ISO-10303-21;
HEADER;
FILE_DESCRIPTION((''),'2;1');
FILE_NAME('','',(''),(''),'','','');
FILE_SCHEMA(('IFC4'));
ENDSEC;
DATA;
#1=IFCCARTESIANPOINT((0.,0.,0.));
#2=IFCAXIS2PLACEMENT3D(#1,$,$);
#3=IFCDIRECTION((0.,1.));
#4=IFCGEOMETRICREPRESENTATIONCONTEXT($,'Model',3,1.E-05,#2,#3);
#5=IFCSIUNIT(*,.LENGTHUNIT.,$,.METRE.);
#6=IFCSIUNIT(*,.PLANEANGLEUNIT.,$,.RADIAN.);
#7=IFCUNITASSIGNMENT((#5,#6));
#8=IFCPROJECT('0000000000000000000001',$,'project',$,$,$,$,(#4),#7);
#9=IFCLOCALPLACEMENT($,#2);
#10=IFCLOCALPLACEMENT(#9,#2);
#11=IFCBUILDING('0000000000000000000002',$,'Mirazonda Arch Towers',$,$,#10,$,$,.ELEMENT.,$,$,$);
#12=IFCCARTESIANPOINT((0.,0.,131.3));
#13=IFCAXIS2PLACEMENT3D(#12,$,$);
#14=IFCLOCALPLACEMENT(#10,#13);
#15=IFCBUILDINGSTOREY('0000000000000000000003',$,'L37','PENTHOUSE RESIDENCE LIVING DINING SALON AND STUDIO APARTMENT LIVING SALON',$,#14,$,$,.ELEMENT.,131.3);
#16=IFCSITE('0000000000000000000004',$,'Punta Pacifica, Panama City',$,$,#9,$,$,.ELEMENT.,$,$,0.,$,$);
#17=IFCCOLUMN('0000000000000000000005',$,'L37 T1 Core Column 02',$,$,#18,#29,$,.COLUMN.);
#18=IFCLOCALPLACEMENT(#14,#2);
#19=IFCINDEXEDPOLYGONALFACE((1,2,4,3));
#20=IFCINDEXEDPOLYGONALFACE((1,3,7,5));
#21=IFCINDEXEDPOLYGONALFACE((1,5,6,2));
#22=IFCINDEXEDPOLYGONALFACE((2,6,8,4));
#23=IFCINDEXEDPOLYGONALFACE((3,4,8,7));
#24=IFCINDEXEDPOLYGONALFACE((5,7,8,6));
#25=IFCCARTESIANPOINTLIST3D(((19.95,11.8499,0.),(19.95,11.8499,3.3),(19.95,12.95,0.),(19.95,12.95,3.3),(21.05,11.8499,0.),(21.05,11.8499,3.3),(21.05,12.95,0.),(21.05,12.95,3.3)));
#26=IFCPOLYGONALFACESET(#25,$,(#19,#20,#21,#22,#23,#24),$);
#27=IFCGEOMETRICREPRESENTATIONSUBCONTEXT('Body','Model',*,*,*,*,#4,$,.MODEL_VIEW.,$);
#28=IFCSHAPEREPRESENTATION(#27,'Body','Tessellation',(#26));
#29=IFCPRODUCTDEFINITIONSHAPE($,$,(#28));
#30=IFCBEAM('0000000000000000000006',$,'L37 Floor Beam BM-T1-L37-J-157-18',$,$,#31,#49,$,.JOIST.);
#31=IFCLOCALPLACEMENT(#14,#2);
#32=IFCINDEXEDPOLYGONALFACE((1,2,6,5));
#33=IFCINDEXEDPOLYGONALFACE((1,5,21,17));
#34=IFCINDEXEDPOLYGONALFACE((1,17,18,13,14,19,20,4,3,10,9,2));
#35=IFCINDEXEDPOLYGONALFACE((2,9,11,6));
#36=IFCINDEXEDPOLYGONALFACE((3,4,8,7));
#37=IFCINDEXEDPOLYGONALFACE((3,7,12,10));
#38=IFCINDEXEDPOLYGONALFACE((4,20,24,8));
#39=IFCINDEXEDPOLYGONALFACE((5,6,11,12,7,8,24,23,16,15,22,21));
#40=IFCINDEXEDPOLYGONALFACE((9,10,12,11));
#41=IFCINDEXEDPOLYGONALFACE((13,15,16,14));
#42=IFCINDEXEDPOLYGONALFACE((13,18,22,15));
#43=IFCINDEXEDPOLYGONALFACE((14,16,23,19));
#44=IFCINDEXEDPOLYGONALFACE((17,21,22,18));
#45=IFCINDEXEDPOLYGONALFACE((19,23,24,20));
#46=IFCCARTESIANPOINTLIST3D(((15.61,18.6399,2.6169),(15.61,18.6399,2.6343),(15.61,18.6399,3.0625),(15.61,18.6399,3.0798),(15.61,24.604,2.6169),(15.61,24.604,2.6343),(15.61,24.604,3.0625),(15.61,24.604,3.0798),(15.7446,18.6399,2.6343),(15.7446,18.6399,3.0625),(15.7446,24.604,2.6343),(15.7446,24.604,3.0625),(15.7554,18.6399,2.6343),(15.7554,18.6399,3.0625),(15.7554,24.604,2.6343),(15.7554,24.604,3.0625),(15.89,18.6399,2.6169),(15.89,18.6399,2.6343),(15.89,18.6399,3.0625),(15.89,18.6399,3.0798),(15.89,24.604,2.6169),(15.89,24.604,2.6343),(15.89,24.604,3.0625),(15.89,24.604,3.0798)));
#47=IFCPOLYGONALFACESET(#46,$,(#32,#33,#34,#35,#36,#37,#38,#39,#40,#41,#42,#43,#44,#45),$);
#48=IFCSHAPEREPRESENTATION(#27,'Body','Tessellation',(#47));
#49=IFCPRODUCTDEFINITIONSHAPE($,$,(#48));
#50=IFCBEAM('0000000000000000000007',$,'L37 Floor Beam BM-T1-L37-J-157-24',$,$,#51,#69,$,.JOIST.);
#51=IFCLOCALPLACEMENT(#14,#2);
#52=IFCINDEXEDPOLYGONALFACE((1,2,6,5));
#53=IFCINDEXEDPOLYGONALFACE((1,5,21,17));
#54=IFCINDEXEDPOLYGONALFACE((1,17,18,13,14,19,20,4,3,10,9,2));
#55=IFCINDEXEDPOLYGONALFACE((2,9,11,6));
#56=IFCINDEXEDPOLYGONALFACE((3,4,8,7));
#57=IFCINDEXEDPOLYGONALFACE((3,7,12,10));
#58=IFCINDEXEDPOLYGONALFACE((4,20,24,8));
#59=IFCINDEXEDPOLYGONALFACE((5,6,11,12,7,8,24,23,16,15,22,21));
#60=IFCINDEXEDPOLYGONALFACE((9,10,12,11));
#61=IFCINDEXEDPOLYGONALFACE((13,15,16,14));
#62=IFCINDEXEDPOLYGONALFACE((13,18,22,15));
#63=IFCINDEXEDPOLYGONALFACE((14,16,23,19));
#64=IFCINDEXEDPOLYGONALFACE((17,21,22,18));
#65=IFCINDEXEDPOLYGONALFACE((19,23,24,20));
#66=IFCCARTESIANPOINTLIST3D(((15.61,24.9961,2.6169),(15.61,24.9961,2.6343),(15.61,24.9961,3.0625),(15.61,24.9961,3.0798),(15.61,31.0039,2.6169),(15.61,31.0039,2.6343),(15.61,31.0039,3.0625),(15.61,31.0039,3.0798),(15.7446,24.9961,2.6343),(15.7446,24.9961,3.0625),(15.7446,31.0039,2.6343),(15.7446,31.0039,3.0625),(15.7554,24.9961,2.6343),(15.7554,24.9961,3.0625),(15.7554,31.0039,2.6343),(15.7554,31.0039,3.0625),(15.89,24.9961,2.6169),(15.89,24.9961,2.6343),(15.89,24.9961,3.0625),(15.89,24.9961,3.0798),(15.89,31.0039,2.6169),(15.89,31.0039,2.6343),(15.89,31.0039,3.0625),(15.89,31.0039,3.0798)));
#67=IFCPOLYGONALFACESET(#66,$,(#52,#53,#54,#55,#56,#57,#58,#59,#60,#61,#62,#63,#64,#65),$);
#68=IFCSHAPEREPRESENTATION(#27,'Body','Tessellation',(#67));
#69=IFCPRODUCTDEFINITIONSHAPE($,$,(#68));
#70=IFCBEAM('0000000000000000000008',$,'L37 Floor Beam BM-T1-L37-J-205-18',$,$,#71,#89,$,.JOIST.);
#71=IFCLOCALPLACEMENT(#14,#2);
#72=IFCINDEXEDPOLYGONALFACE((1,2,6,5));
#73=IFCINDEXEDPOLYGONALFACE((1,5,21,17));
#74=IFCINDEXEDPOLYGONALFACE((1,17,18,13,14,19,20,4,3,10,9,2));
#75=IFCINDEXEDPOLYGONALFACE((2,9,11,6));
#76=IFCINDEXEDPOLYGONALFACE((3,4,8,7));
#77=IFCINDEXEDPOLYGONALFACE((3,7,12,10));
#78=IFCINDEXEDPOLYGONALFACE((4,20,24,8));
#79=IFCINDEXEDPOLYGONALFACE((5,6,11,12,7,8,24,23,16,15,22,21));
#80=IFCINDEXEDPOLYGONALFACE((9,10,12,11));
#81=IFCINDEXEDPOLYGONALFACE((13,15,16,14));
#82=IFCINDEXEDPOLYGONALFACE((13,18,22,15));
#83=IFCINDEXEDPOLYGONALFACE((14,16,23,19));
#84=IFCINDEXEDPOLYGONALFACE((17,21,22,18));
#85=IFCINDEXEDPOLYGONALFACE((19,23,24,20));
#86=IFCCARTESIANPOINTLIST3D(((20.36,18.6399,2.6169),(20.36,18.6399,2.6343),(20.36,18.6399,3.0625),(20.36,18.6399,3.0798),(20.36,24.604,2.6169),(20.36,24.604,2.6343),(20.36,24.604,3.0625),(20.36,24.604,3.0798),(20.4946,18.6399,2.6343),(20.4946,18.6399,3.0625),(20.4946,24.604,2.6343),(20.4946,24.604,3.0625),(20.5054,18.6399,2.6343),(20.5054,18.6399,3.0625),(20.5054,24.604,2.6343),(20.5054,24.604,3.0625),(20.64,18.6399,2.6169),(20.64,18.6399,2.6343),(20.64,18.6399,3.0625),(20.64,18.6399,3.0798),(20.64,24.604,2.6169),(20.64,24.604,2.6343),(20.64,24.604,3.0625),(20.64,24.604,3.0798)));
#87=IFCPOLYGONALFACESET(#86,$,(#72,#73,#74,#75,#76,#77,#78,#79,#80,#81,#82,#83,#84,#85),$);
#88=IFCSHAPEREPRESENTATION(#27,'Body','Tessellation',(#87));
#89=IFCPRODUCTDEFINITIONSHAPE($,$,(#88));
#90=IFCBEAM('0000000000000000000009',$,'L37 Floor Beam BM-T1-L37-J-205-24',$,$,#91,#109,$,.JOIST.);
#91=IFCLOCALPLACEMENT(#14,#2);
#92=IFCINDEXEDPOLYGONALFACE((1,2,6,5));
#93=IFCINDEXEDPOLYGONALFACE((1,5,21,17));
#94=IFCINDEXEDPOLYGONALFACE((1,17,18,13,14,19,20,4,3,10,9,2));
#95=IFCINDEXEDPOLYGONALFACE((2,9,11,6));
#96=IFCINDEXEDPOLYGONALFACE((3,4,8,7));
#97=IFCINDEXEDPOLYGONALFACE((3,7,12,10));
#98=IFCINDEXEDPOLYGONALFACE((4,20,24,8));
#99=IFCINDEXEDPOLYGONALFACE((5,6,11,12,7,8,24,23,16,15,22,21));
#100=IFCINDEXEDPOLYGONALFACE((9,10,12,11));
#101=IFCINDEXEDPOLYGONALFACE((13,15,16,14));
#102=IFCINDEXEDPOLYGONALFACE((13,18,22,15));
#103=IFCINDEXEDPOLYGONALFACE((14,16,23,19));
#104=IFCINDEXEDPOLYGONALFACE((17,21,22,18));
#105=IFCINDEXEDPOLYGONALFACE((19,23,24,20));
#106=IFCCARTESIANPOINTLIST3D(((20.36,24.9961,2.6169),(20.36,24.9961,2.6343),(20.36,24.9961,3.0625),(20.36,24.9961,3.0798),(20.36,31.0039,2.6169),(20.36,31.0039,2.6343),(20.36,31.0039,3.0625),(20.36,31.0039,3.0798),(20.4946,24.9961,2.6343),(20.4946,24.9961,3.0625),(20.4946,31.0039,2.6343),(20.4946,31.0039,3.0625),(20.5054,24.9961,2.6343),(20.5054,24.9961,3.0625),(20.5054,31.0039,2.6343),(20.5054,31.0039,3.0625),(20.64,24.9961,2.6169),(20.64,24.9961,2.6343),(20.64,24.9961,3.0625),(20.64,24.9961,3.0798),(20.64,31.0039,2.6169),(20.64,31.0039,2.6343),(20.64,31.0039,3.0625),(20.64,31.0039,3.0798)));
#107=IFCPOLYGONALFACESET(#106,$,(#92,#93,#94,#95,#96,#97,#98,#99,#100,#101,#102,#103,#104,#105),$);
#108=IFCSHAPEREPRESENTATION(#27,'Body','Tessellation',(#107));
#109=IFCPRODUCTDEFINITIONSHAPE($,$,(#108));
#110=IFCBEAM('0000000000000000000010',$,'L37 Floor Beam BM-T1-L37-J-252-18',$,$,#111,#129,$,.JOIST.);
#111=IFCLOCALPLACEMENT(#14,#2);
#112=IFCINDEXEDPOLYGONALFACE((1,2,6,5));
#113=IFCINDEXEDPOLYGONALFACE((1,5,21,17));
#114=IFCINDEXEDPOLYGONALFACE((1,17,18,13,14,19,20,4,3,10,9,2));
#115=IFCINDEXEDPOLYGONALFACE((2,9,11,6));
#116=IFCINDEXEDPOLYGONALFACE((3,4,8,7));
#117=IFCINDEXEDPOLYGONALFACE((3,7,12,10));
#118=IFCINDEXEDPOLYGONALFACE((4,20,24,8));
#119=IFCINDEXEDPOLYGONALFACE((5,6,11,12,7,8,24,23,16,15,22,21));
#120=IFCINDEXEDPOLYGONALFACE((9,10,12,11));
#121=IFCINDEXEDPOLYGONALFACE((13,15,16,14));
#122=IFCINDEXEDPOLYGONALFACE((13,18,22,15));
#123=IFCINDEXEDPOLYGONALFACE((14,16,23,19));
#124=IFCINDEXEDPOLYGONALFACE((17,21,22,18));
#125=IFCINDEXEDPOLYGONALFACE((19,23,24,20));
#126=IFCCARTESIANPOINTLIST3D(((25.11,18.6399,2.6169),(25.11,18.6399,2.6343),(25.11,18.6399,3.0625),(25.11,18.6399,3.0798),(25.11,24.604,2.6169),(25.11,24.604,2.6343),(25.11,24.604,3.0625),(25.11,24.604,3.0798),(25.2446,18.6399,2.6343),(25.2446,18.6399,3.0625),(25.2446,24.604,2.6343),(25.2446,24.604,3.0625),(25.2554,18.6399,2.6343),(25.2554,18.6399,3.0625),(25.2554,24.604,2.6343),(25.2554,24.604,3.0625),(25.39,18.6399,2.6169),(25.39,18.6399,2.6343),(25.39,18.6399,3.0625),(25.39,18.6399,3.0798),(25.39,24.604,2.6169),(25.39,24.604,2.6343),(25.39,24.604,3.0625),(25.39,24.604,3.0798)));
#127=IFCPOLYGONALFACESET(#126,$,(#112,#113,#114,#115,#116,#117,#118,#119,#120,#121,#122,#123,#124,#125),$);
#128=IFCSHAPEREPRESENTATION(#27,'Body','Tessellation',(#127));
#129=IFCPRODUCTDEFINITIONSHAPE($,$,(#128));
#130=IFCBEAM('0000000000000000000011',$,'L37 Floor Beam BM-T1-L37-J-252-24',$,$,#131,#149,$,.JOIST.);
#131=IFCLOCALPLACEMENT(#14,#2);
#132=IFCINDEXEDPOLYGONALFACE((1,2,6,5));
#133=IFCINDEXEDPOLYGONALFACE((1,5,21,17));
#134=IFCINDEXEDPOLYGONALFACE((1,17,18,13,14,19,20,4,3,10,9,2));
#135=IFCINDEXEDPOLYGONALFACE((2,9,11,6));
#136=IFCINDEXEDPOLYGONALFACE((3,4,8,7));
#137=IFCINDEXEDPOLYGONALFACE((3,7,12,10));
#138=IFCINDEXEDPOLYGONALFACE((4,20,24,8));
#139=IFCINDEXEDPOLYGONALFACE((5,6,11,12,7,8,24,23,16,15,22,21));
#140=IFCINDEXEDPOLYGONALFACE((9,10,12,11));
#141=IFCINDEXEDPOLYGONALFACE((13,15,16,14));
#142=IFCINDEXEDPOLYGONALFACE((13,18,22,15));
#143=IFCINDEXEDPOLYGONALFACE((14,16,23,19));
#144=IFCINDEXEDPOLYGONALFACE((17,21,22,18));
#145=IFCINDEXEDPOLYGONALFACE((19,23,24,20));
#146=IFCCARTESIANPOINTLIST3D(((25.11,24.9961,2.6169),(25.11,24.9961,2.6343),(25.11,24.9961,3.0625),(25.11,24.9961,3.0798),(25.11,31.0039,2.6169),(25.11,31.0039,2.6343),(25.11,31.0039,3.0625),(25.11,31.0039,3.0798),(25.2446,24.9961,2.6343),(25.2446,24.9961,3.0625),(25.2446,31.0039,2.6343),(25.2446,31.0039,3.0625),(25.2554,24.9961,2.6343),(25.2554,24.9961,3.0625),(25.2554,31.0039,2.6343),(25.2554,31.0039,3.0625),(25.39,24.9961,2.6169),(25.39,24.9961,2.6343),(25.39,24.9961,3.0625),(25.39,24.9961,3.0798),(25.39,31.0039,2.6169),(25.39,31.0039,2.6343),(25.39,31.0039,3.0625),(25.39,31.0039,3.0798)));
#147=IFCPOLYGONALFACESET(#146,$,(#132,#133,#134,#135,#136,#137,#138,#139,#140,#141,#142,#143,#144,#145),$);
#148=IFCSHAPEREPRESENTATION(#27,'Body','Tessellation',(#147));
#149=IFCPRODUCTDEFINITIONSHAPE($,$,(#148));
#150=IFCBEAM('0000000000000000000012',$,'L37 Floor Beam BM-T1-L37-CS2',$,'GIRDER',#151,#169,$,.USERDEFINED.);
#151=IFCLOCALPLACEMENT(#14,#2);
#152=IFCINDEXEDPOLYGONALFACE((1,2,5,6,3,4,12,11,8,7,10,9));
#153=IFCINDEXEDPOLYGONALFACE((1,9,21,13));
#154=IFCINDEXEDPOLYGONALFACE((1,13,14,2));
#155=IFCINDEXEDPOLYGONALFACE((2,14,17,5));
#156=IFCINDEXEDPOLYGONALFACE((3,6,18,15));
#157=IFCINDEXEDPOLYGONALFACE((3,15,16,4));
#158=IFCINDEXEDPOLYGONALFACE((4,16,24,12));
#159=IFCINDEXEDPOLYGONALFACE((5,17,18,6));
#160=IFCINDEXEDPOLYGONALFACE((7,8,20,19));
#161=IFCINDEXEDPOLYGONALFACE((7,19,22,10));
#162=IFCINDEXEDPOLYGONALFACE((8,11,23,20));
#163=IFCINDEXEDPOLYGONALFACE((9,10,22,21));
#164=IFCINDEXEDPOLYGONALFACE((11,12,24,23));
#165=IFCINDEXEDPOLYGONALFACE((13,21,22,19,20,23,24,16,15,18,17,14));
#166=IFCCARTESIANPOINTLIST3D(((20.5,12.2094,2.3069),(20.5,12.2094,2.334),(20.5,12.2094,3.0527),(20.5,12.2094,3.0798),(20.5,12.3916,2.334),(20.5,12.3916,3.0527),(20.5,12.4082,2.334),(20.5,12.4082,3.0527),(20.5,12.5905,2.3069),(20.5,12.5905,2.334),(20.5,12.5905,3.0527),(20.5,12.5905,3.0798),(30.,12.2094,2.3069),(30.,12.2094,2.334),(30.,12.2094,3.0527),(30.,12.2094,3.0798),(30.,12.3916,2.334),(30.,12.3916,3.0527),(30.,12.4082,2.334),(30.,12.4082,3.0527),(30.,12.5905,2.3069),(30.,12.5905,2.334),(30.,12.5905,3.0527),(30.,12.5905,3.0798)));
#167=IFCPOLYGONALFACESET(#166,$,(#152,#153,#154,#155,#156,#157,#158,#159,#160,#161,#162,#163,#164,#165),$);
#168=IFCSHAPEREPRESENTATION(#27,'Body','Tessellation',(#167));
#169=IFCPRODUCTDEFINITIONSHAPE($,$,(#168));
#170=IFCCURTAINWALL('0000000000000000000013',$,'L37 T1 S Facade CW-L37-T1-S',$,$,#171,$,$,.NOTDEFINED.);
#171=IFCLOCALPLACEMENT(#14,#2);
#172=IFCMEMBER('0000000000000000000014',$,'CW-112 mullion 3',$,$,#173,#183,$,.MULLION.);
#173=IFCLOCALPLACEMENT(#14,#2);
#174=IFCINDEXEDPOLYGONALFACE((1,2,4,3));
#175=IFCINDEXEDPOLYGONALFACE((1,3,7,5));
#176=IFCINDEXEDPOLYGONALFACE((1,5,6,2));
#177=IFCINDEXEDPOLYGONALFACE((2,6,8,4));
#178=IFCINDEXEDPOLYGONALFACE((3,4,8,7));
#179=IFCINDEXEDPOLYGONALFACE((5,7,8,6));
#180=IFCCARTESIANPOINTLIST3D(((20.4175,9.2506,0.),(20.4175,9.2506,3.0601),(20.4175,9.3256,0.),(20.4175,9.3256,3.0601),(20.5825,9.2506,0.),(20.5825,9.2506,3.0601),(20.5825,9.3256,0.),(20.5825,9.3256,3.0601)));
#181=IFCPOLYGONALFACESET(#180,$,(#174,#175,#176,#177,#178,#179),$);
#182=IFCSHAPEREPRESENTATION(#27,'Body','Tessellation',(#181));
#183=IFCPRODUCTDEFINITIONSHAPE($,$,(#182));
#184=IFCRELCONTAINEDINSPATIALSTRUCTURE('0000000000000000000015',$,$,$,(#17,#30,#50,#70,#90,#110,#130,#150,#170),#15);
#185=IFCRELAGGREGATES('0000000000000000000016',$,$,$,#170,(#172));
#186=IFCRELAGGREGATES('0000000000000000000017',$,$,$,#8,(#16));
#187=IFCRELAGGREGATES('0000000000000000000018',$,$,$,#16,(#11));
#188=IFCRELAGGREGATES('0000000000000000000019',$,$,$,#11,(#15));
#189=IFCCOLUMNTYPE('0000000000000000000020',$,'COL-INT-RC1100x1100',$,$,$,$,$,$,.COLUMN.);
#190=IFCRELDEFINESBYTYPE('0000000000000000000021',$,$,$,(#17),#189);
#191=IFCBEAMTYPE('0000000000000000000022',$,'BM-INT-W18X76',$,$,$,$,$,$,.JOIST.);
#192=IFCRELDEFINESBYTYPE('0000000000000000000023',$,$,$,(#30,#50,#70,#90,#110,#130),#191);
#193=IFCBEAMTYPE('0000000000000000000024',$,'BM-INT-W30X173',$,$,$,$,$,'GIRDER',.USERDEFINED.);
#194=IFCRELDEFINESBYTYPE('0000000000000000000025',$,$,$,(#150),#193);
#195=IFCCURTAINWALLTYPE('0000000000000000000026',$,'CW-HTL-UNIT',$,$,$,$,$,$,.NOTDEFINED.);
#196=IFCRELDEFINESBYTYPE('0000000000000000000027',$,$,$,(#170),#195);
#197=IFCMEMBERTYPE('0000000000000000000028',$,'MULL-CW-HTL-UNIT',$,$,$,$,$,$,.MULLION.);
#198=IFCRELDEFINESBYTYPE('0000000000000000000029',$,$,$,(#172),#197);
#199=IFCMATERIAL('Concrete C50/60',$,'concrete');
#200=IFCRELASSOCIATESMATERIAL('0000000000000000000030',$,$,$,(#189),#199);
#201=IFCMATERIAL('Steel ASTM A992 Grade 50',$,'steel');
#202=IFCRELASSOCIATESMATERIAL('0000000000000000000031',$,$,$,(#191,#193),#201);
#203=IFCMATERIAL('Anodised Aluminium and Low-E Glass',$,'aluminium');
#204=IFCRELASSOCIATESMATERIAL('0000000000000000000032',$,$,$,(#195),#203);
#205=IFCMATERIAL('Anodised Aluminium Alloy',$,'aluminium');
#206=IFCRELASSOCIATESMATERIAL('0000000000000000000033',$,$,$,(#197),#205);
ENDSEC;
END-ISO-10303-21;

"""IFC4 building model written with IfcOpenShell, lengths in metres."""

from ifc_helpers import new_model, si_unit, direction, frame, origin, origin_2d, place, context, subcontext, project, spatial, rectangle, i_section, extrude, material, material_profile, profile_set, type_object, element, aggregate, save


model = new_model("IFC4")

# Units and contexts
model_context = context("Model", 3, precision=1e-05, world=origin(), true_north=direction((0.0, 1.0)))
body_context = subcontext(model_context, "Body", "Model", "MODEL_VIEW")
ifc_project = project(units=[si_unit("LENGTHUNIT", "METRE"), si_unit("PLANEANGLEUNIT", "RADIAN")], contexts=[model_context])

# Site, building, storey
site_placement = place(None, origin())
site = spatial("IfcSite", under=ifc_project, at=site_placement, Name="Punta Pacifica, Panama City", CompositionType="ELEMENT", RefElevation=0.0)
building_placement = place(site_placement, origin())
building = spatial("IfcBuilding", under=site, at=building_placement, Name="Mirazonda Arch Towers", CompositionType="ELEMENT")
storey_placement = place(building_placement, frame((0.0, 0.0, 131.3)))
storey = spatial("IfcBuildingStorey", under=building, at=storey_placement, Name="L37", Description="PENTHOUSE RESIDENCE LIVING DINING SALON AND STUDIO APARTMENT LIVING SALON", CompositionType="ELEMENT", Elevation=131.3)

# Column
ifc_material_1 = material(Name="Concrete C50/60", Category="concrete")
ifc_material_profile_1 = material_profile(ifc_material_1, rectangle(XDim=1.1001, YDim=1.1001, at=origin_2d()), Name="RC1100x1100")
ifc_profile_set_1 = profile_set([ifc_material_profile_1], Name="Concrete C50/60")
column_type = type_object("IfcColumnType", Name="COL-INT-RC1100x1100", PredefinedType="COLUMN", material=ifc_profile_set_1)
column_placement = place(storey_placement, frame((20.5, 12.3999, 0.0), z_axis=(0.0, 0.0, 1.0), x_axis=(1.0, 0.0, 0.0)))
element("IfcColumn", 1, at=column_placement, inside=storey, type_object=column_type, Name="L37 T1 Core Column 02", PredefinedType="COLUMN", context=body_context, shape_type="SweptSolid", body=[
    extrude(rectangle(XDim=1.1001, YDim=1.1001, at=origin_2d()), origin(), (0.0, 0.0, 1.0), 3.3),
])

# Beams
ifc_material_2 = material(Name="Steel ASTM A992 Grade 50", Category="steel")
ifc_material_profile_2 = material_profile(ifc_material_2, i_section(OverallWidth=0.28, OverallDepth=0.4629, WebThickness=0.0107, FlangeThickness=0.0173, at=origin_2d()), Name="W18X76")
ifc_profile_set_2 = profile_set([ifc_material_profile_2], Name="Steel ASTM A992 Grade 50")
beam_type_1 = type_object("IfcBeamType", Name="BM-INT-W18X76", PredefinedType="JOIST", material=ifc_profile_set_2)
beam_1_placement = place(storey_placement, frame((15.75, 18.6399, 2.8484), z_axis=(0.0, 1.0, 0.0), x_axis=(-1.0, 0.0, 0.0)))
element("IfcBeam", 2, at=beam_1_placement, inside=storey, type_object=beam_type_1, Name="L37 Floor Beam BM-T1-L37-J-157-18", PredefinedType="JOIST", context=body_context, shape_type="SweptSolid", body=[
    extrude(i_section(OverallWidth=0.28, OverallDepth=0.4629, WebThickness=0.0107, FlangeThickness=0.0173, at=origin_2d()), origin(), (0.0, 0.0, 1.0), 5.9641),
])
beam_2_placement = place(storey_placement, frame((15.75, 24.9961, 2.8484), z_axis=(0.0, 1.0, 0.0), x_axis=(-1.0, 0.0, 0.0)))
element("IfcBeam", 3, at=beam_2_placement, inside=storey, type_object=beam_type_1, Name="L37 Floor Beam BM-T1-L37-J-157-24", PredefinedType="JOIST", context=body_context, shape_type="SweptSolid", body=[
    extrude(i_section(OverallWidth=0.28, OverallDepth=0.4629, WebThickness=0.0107, FlangeThickness=0.0173, at=origin_2d()), origin(), (0.0, 0.0, 1.0), 6.0078),
])
beam_3_placement = place(storey_placement, frame((20.5, 18.6399, 2.8484), z_axis=(0.0, 1.0, 0.0), x_axis=(-1.0, 0.0, 0.0)))
element("IfcBeam", 4, at=beam_3_placement, inside=storey, type_object=beam_type_1, Name="L37 Floor Beam BM-T1-L37-J-205-18", PredefinedType="JOIST", context=body_context, shape_type="SweptSolid", body=[
    extrude(i_section(OverallWidth=0.28, OverallDepth=0.4629, WebThickness=0.0107, FlangeThickness=0.0173, at=origin_2d()), origin(), (0.0, 0.0, 1.0), 5.9641),
])
beam_4_placement = place(storey_placement, frame((20.5, 24.9961, 2.8484), z_axis=(0.0, 1.0, 0.0), x_axis=(-1.0, 0.0, 0.0)))
element("IfcBeam", 5, at=beam_4_placement, inside=storey, type_object=beam_type_1, Name="L37 Floor Beam BM-T1-L37-J-205-24", PredefinedType="JOIST", context=body_context, shape_type="SweptSolid", body=[
    extrude(i_section(OverallWidth=0.28, OverallDepth=0.4629, WebThickness=0.0107, FlangeThickness=0.0173, at=origin_2d()), origin(), (0.0, 0.0, 1.0), 6.0078),
])
beam_5_placement = place(storey_placement, frame((25.25, 18.6399, 2.8484), z_axis=(0.0, 1.0, 0.0), x_axis=(-1.0, 0.0, 0.0)))
element("IfcBeam", 6, at=beam_5_placement, inside=storey, type_object=beam_type_1, Name="L37 Floor Beam BM-T1-L37-J-252-18", PredefinedType="JOIST", context=body_context, shape_type="SweptSolid", body=[
    extrude(i_section(OverallWidth=0.28, OverallDepth=0.4629, WebThickness=0.0107, FlangeThickness=0.0173, at=origin_2d()), origin(), (0.0, 0.0, 1.0), 5.9641),
])
beam_6_placement = place(storey_placement, frame((25.25, 24.9961, 2.8484), z_axis=(0.0, 1.0, 0.0), x_axis=(-1.0, 0.0, 0.0)))
element("IfcBeam", 7, at=beam_6_placement, inside=storey, type_object=beam_type_1, Name="L37 Floor Beam BM-T1-L37-J-252-24", PredefinedType="JOIST", context=body_context, shape_type="SweptSolid", body=[
    extrude(i_section(OverallWidth=0.28, OverallDepth=0.4629, WebThickness=0.0107, FlangeThickness=0.0173, at=origin_2d()), origin(), (0.0, 0.0, 1.0), 6.0078),
])
ifc_material_profile_3 = material_profile(ifc_material_2, i_section(OverallWidth=0.3811, OverallDepth=0.7729, WebThickness=0.0166, FlangeThickness=0.0271, at=origin_2d()), Name="W30X173")
ifc_profile_set_3 = profile_set([ifc_material_profile_3], Name="Steel ASTM A992 Grade 50")
beam_type_2 = type_object("IfcBeamType", Name="BM-INT-W30X173", ElementType="GIRDER", PredefinedType="USERDEFINED", material=ifc_profile_set_3)
beam_7_placement = place(storey_placement, frame((20.5, 12.3999, 2.6934), z_axis=(1.0, 0.0, 0.0), x_axis=(0.0, 1.0, 0.0)))
element("IfcBeam", 8, at=beam_7_placement, inside=storey, type_object=beam_type_2, Name="L37 Floor Beam BM-T1-L37-CS2", ObjectType="GIRDER", PredefinedType="USERDEFINED", context=body_context, shape_type="SweptSolid", body=[
    extrude(i_section(OverallWidth=0.3811, OverallDepth=0.7729, WebThickness=0.0166, FlangeThickness=0.0271, at=origin_2d()), origin(), (0.0, 0.0, 1.0), 9.5),
])

# Curtain wall, member
ifc_material_3 = material(Name="Anodised Aluminium and Low-E Glass", Category="aluminium")
curtain_wall_type = type_object("IfcCurtainWallType", Name="CW-HTL-UNIT", PredefinedType="NOTDEFINED", material=ifc_material_3)
curtain_wall_placement = place(storey_placement, origin())
curtain_wall = element("IfcCurtainWall", 9, at=curtain_wall_placement, inside=storey, type_object=curtain_wall_type, Name="L37 T1 S Facade CW-L37-T1-S", PredefinedType="NOTDEFINED")
ifc_material_4 = material(Name="Anodised Aluminium Alloy", Category="aluminium")
ifc_material_profile_4 = material_profile(ifc_material_4, rectangle(XDim=0.075, YDim=0.165, at=origin_2d()), Name="ALU-MULL-75x165")
ifc_profile_set_4 = profile_set([ifc_material_profile_4], Name="Anodised Aluminium Alloy")
member_type_1 = type_object("IfcMemberType", Name="MULL-CW-HTL-UNIT", PredefinedType="MULLION", material=ifc_profile_set_4)
member_1_placement = place(storey_placement, frame((20.5, 9.2881, 0.0), z_axis=(0.0, 0.0, 1.0), x_axis=(0.0, -1.0, 0.0)))
member_1 = element("IfcMember", 10, at=member_1_placement, type_object=member_type_1, Name="CW-112 mullion 3", PredefinedType="MULLION", context=body_context, shape_type="SweptSolid", body=[
    extrude(rectangle(XDim=0.075, YDim=0.165, at=origin_2d()), origin(), (0.0, 0.0, 1.0), 3.0601),
])
aggregate(curtain_wall, [member_1])

save(model, "model.ifc")
